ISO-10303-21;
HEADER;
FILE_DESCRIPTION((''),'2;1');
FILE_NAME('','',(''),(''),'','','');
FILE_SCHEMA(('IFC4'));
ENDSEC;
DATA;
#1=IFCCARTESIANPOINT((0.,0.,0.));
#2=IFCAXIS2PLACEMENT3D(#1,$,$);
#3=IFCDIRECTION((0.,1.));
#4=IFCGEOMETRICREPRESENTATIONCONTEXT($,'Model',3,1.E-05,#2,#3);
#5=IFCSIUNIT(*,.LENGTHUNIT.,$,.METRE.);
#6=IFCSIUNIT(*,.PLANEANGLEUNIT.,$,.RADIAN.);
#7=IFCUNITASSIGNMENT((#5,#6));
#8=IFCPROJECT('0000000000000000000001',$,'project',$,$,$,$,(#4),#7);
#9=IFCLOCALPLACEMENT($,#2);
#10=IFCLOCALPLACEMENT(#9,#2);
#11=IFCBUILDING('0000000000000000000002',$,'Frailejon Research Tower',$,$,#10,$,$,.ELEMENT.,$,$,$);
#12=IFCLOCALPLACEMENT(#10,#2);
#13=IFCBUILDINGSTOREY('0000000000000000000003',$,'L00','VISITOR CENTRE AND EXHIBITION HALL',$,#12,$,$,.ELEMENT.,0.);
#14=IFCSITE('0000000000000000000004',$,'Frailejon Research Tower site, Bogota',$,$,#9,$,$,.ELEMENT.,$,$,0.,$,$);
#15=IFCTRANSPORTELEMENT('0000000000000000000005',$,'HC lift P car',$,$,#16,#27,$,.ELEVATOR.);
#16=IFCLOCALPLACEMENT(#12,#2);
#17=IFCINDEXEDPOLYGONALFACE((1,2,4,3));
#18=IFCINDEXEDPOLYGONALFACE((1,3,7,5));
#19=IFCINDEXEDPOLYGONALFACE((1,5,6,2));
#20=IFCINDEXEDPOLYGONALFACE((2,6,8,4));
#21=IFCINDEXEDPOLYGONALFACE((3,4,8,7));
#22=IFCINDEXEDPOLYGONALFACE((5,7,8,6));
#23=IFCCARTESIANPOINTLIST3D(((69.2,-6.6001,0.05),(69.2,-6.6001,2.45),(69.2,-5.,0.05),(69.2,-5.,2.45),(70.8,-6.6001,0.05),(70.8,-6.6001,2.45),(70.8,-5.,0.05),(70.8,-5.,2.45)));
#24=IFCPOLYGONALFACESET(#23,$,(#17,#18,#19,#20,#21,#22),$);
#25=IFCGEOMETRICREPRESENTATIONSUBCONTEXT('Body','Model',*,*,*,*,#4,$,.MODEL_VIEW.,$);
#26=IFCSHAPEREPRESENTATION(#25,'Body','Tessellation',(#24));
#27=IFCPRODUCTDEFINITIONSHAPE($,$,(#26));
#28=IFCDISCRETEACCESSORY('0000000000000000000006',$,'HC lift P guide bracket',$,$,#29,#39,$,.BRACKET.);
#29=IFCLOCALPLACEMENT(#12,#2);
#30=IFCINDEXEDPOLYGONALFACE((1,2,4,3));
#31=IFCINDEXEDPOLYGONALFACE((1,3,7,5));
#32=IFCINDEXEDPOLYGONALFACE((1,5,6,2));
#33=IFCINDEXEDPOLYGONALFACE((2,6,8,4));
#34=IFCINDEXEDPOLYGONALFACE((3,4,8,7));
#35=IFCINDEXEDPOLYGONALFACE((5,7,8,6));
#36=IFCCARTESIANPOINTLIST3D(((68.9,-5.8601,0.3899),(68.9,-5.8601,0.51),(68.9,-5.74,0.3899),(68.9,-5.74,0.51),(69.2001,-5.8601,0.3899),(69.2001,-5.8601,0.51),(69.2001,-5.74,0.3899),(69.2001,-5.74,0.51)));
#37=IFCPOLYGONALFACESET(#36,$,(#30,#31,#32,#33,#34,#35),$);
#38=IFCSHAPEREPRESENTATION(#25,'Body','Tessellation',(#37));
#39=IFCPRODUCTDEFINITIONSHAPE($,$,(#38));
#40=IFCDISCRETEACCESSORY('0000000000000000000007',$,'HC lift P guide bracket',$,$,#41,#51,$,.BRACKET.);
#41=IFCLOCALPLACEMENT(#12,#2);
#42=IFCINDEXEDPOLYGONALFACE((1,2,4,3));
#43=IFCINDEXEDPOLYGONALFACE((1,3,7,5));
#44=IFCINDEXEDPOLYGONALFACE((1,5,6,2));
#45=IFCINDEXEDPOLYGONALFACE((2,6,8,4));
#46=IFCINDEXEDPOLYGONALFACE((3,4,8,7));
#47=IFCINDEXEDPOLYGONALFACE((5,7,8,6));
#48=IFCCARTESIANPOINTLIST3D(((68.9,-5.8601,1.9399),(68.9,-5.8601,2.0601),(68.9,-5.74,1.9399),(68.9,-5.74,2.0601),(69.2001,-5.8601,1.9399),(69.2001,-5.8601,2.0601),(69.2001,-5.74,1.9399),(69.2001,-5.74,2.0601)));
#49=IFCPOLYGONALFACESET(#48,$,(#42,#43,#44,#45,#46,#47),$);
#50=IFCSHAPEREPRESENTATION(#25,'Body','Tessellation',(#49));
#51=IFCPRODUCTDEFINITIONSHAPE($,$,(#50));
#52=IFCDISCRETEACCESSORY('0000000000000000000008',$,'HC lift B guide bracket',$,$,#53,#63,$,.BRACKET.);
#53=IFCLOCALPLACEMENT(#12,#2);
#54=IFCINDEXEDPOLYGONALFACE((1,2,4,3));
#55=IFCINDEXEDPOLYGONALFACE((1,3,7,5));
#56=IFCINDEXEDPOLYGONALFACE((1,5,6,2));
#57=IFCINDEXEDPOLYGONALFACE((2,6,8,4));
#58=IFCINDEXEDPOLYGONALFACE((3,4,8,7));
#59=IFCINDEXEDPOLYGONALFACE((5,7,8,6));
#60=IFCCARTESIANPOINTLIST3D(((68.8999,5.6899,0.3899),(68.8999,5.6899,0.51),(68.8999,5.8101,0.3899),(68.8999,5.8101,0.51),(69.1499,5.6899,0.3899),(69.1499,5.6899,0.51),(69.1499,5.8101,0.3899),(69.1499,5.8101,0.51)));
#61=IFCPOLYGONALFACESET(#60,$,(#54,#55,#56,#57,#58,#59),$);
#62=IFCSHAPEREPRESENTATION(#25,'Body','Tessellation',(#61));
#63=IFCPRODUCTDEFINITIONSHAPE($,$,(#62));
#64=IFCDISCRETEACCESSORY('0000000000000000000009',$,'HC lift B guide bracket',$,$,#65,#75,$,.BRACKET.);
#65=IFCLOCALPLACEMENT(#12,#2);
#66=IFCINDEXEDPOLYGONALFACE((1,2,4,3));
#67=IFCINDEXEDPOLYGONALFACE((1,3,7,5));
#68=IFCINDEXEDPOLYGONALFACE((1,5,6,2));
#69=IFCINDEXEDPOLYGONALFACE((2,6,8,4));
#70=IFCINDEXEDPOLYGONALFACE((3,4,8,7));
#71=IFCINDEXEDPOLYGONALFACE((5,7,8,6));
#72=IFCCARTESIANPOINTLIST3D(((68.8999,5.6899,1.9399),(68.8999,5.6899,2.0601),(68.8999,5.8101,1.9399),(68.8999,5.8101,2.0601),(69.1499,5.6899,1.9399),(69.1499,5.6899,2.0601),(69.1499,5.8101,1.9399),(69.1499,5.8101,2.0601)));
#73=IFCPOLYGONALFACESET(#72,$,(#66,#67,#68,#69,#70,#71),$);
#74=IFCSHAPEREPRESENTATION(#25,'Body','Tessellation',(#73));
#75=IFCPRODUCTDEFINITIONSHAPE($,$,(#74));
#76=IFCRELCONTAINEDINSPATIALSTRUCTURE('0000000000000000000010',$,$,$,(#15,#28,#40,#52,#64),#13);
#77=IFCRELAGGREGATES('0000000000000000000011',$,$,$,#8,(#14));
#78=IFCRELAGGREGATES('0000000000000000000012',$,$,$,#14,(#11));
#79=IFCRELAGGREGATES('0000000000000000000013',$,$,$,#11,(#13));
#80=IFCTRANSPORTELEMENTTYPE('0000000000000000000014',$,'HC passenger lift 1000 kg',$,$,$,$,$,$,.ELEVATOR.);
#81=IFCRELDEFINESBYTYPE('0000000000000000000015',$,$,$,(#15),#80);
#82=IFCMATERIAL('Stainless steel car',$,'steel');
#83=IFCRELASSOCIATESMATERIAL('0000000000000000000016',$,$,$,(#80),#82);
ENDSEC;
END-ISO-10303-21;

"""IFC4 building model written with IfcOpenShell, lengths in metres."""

from ifc_helpers import new_model, si_unit, direction, frame, origin, origin_2d, place, context, subcontext, project, spatial, rectangle, extrude, material, type_object, element, save


model = new_model("IFC4")

# Units and contexts
model_context = context("Model", 3, precision=1e-05, world=origin(), true_north=direction((0.0, 1.0)))
body_context = subcontext(model_context, "Body", "Model", "MODEL_VIEW")
ifc_project = project(units=[si_unit("LENGTHUNIT", "METRE"), si_unit("PLANEANGLEUNIT", "RADIAN")], contexts=[model_context])

# Site, building, storey
site_placement = place(None, origin())
site = spatial("IfcSite", under=ifc_project, at=site_placement, Name="Frailejon Research Tower site, Bogota", CompositionType="ELEMENT", RefElevation=0.0)
building_placement = place(site_placement, origin())
building = spatial("IfcBuilding", under=site, at=building_placement, Name="Frailejon Research Tower", CompositionType="ELEMENT")
storey_placement = place(building_placement, origin())
storey = spatial("IfcBuildingStorey", under=building, at=storey_placement, Name="L00", Description="VISITOR CENTRE AND EXHIBITION HALL", CompositionType="ELEMENT", Elevation=0.0)

# Transport element
ifc_material_1 = material(Name="Stainless steel car", Category="steel")
transport_element_type = type_object("IfcTransportElementType", Name="HC passenger lift 1000 kg", PredefinedType="ELEVATOR", material=ifc_material_1)
transport_element_placement = place(storey_placement, frame((70.0, -5.8, 0.05), z_axis=(0.0, 0.0, 1.0), x_axis=(1.0, 0.0, 0.0)))
element("IfcTransportElement", 1, at=transport_element_placement, inside=storey, type_object=transport_element_type, Name="HC lift P car", PredefinedType="ELEVATOR", context=body_context, shape_type="SweptSolid", body=[
    extrude(rectangle(XDim=1.6001, YDim=1.6001, at=origin_2d()), origin(), (0.0, 0.0, 1.0), 2.3999),
])

# Discrete accessories
for number, where, z_axis, x_axis, name in (
    (2, (69.05, -5.8, 0.3899), (0.0, 0.0, 1.0), (1.0, 0.0, 0.0), "HC lift P guide bracket"),
    (3, (69.05, -5.8, 1.9399), (0.0, 0.0, 1.0), (1.0, 0.0, 0.0), "HC lift P guide bracket"),
):
    element("IfcDiscreteAccessory", number, at=place(storey_placement, frame(where, z_axis=z_axis, x_axis=x_axis)), inside=storey, Name=name, PredefinedType="BRACKET", context=body_context, shape_type="SweptSolid", body=[
        extrude(rectangle(XDim=0.3, YDim=0.1201, at=origin_2d()), origin(), (0.0, 0.0, 1.0), 0.1201),
    ])
for number, where, z_axis, x_axis, name in (
    (4, (69.0249, 5.75, 0.3899), (0.0, 0.0, 1.0), (1.0, 0.0, 0.0), "HC lift B guide bracket"),
    (5, (69.0249, 5.75, 1.9399), (0.0, 0.0, 1.0), (1.0, 0.0, 0.0), "HC lift B guide bracket"),
):
    element("IfcDiscreteAccessory", number, at=place(storey_placement, frame(where, z_axis=z_axis, x_axis=x_axis)), inside=storey, Name=name, PredefinedType="BRACKET", context=body_context, shape_type="SweptSolid", body=[
        extrude(rectangle(XDim=0.25, YDim=0.1201, at=origin_2d()), origin(), (0.0, 0.0, 1.0), 0.1201),
    ])

save(model, "model.ifc")
